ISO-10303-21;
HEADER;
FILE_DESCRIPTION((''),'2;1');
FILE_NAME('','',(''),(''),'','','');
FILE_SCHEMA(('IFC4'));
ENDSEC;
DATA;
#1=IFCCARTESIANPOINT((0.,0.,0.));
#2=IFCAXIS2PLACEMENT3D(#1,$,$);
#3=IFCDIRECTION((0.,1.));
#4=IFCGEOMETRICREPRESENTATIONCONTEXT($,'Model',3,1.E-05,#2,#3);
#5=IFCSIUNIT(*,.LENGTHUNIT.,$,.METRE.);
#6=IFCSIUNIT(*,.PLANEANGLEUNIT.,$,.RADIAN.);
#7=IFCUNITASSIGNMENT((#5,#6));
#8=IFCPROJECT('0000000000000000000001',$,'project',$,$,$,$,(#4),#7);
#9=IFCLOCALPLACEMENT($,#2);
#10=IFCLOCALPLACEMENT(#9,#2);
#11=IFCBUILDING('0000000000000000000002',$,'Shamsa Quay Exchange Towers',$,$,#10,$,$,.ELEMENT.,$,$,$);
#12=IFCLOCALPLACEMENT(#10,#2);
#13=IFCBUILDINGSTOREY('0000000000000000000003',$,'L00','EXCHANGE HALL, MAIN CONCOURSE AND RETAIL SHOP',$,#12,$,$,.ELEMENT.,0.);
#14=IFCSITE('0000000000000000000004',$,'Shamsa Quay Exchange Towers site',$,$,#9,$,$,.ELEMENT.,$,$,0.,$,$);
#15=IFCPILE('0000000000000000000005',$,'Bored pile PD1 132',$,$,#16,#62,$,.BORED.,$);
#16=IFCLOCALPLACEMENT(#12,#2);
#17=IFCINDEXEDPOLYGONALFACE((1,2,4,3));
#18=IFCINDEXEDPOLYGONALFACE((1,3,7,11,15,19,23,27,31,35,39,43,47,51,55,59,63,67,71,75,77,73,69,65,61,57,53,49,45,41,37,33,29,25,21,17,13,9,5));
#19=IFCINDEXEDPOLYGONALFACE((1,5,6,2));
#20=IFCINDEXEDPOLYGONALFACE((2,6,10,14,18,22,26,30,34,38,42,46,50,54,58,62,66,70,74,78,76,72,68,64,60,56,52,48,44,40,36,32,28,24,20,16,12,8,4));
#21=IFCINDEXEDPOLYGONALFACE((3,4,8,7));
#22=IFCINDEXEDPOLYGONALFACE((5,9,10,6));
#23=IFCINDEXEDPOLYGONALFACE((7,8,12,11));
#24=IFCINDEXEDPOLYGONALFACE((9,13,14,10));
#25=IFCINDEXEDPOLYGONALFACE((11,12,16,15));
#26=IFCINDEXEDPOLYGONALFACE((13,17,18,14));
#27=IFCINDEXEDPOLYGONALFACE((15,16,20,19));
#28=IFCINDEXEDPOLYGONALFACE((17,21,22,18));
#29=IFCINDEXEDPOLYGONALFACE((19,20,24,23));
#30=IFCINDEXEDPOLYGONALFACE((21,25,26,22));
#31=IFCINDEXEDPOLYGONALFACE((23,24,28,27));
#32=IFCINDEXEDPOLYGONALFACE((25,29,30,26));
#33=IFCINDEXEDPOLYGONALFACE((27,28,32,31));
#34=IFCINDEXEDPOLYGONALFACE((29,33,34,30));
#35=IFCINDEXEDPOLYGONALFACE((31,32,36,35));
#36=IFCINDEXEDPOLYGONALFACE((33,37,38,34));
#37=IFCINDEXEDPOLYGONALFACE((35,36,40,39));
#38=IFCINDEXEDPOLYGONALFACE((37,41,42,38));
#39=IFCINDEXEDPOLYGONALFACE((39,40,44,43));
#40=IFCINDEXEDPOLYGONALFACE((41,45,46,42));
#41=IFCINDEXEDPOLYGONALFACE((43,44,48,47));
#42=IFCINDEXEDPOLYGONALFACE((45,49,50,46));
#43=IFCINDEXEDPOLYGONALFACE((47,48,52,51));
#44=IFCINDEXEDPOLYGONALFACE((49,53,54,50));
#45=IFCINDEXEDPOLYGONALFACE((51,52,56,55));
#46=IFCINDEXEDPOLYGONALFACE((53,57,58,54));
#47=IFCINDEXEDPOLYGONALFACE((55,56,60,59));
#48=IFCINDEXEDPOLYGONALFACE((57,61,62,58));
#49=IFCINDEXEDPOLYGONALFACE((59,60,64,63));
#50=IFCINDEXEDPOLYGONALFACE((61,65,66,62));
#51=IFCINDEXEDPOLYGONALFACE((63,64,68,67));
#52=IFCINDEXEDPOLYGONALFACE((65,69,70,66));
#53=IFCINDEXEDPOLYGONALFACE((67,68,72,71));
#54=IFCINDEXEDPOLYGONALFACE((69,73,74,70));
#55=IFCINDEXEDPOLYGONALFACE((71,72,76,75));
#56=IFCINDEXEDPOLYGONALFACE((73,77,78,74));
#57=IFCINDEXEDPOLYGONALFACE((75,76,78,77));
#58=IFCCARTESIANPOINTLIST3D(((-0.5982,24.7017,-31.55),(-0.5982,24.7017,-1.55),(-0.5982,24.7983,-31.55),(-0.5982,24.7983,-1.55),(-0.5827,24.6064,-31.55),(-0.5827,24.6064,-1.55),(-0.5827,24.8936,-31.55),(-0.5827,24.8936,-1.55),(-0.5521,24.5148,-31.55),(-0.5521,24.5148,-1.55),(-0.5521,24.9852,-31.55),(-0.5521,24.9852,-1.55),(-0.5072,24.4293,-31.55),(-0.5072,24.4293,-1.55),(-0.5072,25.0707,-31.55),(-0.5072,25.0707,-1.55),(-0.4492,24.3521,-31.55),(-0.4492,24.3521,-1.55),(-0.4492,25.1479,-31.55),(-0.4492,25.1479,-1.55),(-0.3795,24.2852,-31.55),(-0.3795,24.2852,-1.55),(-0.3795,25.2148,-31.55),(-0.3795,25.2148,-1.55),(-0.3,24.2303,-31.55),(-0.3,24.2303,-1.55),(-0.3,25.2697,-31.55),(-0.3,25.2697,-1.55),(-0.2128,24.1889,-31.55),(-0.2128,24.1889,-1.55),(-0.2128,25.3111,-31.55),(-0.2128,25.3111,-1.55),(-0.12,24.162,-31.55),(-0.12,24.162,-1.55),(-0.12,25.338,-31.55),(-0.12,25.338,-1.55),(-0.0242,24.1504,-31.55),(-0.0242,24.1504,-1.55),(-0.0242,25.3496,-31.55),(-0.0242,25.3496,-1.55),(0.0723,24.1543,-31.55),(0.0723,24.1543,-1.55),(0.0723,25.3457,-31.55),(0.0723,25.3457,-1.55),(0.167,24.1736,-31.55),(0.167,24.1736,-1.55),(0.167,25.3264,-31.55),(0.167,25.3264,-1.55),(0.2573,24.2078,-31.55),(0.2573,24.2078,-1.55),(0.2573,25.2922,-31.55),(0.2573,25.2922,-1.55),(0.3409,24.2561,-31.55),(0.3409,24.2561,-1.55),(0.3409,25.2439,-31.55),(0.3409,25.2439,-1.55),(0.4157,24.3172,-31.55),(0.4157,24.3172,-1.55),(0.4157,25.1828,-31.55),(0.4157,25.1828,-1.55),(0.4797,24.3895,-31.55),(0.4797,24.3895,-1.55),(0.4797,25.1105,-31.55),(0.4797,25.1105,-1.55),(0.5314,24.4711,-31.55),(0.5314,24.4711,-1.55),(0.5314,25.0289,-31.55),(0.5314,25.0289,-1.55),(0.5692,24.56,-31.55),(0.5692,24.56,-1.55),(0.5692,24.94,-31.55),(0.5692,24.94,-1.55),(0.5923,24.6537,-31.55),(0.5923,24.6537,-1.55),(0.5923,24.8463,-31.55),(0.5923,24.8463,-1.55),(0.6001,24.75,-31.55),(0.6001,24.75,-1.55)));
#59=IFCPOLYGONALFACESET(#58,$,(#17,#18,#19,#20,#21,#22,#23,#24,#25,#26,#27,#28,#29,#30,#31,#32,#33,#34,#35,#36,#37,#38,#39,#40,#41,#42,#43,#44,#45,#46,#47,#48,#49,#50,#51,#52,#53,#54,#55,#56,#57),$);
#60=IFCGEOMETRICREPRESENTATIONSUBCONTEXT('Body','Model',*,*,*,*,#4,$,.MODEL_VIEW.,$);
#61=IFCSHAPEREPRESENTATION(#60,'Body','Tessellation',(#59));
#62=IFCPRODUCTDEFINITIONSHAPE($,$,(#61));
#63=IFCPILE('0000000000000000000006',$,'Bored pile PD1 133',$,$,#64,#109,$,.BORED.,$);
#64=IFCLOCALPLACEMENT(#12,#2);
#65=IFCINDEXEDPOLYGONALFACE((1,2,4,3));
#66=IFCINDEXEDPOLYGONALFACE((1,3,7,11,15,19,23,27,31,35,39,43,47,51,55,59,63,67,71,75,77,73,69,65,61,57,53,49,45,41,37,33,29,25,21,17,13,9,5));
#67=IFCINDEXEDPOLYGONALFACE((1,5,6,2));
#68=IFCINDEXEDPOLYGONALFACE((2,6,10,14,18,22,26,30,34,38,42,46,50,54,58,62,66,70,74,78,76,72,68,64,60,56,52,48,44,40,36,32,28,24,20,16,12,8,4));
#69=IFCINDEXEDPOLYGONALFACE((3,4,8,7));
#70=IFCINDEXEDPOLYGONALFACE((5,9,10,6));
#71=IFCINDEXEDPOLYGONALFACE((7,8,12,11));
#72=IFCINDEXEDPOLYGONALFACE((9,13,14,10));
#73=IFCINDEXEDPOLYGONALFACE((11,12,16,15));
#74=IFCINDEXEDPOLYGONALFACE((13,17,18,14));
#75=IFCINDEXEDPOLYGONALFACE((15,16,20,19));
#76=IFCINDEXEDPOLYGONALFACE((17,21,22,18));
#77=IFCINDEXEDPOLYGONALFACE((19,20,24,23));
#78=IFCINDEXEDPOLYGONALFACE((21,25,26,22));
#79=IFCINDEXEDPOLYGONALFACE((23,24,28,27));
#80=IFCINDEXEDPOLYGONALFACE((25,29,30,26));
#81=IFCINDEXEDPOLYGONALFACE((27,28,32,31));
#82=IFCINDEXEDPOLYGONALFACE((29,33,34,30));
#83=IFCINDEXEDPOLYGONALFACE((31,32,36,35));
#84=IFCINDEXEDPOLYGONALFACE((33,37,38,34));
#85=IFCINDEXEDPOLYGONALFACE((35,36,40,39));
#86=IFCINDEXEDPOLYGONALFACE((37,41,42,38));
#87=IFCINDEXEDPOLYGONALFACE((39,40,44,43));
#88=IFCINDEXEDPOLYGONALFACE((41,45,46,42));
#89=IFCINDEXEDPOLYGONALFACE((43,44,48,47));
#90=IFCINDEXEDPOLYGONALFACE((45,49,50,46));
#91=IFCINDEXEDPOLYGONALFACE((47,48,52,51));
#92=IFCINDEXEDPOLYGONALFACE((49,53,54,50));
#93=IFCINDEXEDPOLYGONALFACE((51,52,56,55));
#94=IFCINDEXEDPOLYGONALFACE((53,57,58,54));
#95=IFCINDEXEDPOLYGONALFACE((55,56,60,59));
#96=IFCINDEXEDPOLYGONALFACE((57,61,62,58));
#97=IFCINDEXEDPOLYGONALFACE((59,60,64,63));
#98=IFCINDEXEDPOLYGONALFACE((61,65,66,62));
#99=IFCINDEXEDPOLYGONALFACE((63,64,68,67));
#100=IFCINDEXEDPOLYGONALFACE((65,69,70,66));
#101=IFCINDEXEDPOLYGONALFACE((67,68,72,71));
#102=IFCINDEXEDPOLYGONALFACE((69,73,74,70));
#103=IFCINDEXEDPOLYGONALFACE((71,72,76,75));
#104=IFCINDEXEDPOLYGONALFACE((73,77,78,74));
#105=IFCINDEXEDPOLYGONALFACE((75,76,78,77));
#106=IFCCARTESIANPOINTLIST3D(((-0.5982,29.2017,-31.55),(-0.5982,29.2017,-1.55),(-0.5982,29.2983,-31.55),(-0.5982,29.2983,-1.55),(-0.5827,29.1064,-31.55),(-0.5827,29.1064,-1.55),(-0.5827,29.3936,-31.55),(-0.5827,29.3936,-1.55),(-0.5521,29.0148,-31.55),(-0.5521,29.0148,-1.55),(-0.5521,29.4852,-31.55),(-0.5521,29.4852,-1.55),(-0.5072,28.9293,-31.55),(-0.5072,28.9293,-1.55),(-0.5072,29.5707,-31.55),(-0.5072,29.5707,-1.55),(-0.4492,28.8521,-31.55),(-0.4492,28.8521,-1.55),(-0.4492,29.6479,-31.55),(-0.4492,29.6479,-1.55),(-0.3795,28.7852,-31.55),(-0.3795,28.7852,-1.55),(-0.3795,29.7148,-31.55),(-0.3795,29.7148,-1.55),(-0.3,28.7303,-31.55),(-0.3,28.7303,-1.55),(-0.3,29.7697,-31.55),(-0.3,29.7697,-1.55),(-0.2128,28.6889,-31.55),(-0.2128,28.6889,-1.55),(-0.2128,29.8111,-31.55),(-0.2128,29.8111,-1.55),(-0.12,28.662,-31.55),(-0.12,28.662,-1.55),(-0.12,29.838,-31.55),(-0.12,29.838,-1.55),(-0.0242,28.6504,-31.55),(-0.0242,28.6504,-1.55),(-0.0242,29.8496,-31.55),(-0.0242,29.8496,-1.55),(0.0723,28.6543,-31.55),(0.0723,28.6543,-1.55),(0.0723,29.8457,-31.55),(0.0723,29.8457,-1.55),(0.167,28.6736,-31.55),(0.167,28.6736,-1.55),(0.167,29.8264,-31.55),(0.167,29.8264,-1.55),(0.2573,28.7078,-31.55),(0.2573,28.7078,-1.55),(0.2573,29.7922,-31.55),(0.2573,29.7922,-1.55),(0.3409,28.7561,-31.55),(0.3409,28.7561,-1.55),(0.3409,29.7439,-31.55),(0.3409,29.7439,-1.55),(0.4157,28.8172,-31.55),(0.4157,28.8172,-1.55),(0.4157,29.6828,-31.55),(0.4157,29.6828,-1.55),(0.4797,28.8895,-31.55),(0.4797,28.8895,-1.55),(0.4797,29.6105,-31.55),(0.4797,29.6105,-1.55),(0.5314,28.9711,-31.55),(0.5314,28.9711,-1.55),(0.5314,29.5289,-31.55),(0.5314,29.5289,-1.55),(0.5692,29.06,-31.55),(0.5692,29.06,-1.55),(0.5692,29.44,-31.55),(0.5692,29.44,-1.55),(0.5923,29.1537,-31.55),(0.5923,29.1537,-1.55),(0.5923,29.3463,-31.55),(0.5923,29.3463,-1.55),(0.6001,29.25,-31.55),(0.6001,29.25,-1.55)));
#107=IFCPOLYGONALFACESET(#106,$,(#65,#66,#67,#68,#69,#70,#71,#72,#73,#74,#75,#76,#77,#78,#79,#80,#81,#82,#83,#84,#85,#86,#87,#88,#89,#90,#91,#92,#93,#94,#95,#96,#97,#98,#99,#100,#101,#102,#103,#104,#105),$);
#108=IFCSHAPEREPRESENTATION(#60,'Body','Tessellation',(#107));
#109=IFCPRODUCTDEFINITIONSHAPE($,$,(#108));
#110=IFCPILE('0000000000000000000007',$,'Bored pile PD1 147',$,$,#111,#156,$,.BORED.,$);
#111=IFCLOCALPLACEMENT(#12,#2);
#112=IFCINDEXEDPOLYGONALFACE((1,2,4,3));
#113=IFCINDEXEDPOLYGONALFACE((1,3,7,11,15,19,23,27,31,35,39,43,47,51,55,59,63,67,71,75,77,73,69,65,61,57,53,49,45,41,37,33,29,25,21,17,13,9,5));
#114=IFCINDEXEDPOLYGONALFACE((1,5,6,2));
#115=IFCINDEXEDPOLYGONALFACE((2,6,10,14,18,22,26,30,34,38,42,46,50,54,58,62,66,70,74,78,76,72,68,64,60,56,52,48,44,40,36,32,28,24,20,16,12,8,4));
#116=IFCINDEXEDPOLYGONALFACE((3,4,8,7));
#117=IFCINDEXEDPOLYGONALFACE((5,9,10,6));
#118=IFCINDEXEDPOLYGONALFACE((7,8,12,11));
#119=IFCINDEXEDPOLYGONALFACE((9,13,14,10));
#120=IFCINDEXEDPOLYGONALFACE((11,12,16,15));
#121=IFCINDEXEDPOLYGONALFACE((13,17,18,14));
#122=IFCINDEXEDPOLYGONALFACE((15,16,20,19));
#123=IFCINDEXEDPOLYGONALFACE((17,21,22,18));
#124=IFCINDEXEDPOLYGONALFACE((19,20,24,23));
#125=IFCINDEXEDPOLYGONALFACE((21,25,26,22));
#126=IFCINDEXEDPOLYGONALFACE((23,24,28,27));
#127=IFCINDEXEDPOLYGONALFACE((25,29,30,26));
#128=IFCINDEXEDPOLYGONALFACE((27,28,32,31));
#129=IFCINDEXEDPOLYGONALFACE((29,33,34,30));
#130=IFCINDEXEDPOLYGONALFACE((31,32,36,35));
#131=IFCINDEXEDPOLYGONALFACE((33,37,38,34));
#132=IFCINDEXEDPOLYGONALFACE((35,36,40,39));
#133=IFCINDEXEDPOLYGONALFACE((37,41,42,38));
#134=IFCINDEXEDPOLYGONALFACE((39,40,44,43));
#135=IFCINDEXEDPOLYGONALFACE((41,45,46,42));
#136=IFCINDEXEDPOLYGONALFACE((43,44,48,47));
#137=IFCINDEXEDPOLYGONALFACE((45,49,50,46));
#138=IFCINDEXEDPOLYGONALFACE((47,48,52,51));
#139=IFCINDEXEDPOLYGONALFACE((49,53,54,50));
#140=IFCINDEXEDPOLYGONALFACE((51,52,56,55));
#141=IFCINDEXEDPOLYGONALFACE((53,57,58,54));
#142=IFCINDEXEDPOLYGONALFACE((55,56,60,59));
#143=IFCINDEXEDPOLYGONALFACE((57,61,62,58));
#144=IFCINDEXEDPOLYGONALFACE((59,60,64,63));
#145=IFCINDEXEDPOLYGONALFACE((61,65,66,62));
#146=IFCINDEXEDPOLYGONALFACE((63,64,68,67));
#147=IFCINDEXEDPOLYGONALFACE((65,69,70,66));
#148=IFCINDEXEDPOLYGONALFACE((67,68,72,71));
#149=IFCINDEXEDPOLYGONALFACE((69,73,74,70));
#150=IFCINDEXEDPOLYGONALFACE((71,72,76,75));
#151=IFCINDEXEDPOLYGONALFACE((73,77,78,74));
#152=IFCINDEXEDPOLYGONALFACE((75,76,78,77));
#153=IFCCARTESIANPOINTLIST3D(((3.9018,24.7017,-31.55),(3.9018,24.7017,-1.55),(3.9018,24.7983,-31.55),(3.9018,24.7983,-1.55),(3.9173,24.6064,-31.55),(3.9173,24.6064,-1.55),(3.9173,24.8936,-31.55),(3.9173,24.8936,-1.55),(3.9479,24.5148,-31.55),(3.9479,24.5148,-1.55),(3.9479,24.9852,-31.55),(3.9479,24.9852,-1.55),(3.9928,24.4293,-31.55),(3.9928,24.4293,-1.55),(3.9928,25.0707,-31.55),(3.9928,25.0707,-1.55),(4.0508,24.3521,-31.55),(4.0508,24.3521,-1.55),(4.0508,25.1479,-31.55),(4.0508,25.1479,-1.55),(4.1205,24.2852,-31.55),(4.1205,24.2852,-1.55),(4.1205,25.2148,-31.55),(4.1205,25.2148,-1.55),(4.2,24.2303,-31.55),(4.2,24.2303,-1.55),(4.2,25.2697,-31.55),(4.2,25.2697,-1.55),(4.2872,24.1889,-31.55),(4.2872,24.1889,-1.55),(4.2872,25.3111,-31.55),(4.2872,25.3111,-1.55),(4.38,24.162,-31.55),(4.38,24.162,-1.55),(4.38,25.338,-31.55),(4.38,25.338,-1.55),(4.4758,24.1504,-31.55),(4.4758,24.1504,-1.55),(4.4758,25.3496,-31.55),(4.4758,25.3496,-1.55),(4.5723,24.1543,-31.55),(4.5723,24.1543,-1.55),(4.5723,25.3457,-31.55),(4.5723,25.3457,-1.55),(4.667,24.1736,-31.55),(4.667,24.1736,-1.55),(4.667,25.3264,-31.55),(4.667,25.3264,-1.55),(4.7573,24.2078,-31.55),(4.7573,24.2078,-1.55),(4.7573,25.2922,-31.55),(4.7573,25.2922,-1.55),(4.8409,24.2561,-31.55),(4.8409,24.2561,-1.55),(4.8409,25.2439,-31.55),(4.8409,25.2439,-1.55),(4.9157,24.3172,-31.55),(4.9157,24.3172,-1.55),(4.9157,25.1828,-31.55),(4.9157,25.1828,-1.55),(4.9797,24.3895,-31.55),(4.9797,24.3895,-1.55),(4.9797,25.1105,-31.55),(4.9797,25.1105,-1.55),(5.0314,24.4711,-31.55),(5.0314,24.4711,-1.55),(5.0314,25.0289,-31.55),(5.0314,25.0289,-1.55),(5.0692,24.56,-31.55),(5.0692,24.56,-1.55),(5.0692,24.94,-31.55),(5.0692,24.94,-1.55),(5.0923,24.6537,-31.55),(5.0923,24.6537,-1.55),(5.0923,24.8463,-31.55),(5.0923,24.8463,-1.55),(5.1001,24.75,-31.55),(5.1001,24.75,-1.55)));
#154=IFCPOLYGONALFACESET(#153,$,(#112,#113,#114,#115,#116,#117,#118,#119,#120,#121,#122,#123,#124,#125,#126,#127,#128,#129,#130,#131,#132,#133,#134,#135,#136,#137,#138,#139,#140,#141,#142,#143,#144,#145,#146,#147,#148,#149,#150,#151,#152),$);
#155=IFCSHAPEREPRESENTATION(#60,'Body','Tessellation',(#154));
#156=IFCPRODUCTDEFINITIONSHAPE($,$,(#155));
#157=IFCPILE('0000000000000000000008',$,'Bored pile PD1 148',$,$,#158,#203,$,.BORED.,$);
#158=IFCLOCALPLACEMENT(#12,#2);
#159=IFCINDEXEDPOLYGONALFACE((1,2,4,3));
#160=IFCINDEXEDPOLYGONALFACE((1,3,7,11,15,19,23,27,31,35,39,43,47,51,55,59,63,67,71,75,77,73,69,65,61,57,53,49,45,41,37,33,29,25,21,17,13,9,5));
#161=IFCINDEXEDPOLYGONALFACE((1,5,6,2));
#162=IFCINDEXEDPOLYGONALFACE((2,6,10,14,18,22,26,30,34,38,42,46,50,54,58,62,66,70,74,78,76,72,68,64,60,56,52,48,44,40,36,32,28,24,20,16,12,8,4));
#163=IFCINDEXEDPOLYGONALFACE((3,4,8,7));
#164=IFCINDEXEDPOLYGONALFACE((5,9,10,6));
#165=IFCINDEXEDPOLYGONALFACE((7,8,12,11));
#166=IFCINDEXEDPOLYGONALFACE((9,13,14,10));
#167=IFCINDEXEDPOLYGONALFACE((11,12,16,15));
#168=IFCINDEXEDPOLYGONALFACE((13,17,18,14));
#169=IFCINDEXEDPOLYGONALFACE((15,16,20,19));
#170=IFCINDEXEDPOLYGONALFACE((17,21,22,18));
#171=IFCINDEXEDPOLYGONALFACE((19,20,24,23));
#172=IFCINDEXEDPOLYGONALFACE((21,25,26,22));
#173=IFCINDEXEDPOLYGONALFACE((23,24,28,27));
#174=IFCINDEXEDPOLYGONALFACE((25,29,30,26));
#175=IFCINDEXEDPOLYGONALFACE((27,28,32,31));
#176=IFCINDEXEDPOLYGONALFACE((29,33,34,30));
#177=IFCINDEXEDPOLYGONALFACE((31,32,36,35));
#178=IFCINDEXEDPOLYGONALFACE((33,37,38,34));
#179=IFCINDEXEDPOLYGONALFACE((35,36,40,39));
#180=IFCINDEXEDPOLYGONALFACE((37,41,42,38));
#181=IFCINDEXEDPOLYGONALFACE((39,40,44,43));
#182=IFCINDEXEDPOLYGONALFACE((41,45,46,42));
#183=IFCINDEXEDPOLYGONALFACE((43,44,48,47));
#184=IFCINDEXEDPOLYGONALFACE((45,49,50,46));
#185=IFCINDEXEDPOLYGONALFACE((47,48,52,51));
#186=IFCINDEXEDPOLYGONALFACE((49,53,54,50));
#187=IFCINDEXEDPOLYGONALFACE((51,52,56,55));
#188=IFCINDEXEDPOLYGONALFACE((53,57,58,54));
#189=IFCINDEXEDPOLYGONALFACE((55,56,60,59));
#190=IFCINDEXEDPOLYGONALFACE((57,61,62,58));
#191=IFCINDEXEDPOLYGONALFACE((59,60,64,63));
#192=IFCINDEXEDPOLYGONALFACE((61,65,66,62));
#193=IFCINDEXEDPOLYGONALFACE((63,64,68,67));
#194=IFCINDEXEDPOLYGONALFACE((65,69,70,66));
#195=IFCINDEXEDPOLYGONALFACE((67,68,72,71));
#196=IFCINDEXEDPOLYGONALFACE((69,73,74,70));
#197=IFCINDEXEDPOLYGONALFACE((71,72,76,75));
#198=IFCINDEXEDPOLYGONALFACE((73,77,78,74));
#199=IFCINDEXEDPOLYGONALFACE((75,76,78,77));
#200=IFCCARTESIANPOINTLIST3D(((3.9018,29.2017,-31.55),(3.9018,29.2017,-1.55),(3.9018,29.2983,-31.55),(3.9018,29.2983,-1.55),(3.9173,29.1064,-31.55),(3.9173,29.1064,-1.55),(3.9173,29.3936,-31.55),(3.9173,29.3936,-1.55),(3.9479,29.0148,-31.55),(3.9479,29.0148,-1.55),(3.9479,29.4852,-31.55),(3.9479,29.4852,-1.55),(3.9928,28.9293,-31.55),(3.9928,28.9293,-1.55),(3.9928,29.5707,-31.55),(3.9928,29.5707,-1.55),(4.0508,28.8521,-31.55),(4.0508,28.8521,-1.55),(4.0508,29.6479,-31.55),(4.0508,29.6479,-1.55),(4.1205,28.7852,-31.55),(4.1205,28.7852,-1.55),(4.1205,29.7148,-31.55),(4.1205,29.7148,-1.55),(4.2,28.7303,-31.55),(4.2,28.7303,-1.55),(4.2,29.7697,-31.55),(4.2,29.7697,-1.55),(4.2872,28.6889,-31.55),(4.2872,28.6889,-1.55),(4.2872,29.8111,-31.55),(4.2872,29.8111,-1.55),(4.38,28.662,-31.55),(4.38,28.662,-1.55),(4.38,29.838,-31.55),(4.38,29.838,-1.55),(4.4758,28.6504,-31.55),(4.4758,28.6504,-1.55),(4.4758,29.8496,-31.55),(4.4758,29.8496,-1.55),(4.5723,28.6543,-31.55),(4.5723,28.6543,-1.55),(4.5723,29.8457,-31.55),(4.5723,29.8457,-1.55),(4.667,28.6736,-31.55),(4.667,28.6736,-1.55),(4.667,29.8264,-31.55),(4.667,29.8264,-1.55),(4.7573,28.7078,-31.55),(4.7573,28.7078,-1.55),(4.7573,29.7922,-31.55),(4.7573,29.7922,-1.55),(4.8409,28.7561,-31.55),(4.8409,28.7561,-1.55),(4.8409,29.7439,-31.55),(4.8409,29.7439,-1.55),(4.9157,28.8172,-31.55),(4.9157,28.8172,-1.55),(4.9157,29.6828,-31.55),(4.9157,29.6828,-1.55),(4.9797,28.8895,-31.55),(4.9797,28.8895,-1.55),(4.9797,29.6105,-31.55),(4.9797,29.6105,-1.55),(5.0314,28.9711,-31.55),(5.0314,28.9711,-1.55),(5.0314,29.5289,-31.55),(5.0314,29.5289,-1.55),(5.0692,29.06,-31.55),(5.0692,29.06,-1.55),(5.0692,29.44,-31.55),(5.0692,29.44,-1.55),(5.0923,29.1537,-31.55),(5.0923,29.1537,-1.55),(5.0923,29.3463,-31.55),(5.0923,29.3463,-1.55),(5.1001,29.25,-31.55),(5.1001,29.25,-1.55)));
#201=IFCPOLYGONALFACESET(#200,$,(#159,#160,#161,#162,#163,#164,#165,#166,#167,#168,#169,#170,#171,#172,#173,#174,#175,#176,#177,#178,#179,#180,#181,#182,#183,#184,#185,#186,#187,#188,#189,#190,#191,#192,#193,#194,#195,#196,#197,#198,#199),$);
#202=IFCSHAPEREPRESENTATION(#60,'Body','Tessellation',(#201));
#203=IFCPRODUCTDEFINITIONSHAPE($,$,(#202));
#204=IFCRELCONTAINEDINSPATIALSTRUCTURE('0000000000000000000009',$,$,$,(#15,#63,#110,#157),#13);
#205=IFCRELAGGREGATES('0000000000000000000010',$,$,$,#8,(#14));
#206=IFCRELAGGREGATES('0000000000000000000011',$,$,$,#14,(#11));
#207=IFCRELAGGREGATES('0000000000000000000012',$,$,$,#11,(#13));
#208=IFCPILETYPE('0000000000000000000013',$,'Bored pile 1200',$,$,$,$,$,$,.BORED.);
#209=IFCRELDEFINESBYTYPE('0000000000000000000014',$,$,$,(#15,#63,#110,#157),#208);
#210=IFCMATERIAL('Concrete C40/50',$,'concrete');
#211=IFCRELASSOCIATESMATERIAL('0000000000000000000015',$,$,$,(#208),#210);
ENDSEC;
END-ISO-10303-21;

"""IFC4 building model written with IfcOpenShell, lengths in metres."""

from ifc_helpers import new_model, si_unit, direction, frame, origin, origin_2d, place, context, subcontext, project, spatial, circle, extrude, material, material_profile, profile_set, type_object, element, save


model = new_model("IFC4")

# Units and contexts
model_context = context("Model", 3, precision=1e-05, world=origin(), true_north=direction((0.0, 1.0)))
body_context = subcontext(model_context, "Body", "Model", "MODEL_VIEW")
ifc_project = project(units=[si_unit("LENGTHUNIT", "METRE"), si_unit("PLANEANGLEUNIT", "RADIAN")], contexts=[model_context])

# Site, building, storey
site_placement = place(None, origin())
site = spatial("IfcSite", under=ifc_project, at=site_placement, Name="Shamsa Quay Exchange Towers site", CompositionType="ELEMENT", RefElevation=0.0)
building_placement = place(site_placement, origin())
building = spatial("IfcBuilding", under=site, at=building_placement, Name="Shamsa Quay Exchange Towers", CompositionType="ELEMENT")
storey_placement = place(building_placement, origin())
storey = spatial("IfcBuildingStorey", under=building, at=storey_placement, Name="L00", Description="EXCHANGE HALL, MAIN CONCOURSE AND RETAIL SHOP", CompositionType="ELEMENT", Elevation=0.0)

# Piles
ifc_material_1 = material(Name="Concrete C40/50", Category="concrete")
ifc_material_profile_1 = material_profile(ifc_material_1, circle(Radius=0.6001, at=origin_2d()), Name="BP1200")
ifc_profile_set_1 = profile_set([ifc_material_profile_1], Name="Concrete C40/50")
pile_type = type_object("IfcPileType", Name="Bored pile 1200", PredefinedType="BORED", material=ifc_profile_set_1)
for number, where, z_axis, x_axis, name in (
    (1, (0.0, 24.75, -1.55), (0.0, 0.0, -1.0), (1.0, 0.0, 0.0), "Bored pile PD1 132"),
    (2, (0.0, 29.25, -1.55), (0.0, 0.0, -1.0), (1.0, 0.0, 0.0), "Bored pile PD1 133"),
    (3, (4.5, 24.75, -1.55), (0.0, 0.0, -1.0), (1.0, 0.0, 0.0), "Bored pile PD1 147"),
    (4, (4.5, 29.25, -1.55), (0.0, 0.0, -1.0), (1.0, 0.0, 0.0), "Bored pile PD1 148"),
):
    element("IfcPile", number, at=place(storey_placement, frame(where, z_axis=z_axis, x_axis=x_axis)), inside=storey, type_object=pile_type, Name=name, PredefinedType="BORED", context=body_context, shape_type="SweptSolid", body=[
        extrude(circle(Radius=0.6001, at=origin_2d()), origin(), (0.0, 0.0, 1.0), 30.0),
    ])

save(model, "model.ifc")
